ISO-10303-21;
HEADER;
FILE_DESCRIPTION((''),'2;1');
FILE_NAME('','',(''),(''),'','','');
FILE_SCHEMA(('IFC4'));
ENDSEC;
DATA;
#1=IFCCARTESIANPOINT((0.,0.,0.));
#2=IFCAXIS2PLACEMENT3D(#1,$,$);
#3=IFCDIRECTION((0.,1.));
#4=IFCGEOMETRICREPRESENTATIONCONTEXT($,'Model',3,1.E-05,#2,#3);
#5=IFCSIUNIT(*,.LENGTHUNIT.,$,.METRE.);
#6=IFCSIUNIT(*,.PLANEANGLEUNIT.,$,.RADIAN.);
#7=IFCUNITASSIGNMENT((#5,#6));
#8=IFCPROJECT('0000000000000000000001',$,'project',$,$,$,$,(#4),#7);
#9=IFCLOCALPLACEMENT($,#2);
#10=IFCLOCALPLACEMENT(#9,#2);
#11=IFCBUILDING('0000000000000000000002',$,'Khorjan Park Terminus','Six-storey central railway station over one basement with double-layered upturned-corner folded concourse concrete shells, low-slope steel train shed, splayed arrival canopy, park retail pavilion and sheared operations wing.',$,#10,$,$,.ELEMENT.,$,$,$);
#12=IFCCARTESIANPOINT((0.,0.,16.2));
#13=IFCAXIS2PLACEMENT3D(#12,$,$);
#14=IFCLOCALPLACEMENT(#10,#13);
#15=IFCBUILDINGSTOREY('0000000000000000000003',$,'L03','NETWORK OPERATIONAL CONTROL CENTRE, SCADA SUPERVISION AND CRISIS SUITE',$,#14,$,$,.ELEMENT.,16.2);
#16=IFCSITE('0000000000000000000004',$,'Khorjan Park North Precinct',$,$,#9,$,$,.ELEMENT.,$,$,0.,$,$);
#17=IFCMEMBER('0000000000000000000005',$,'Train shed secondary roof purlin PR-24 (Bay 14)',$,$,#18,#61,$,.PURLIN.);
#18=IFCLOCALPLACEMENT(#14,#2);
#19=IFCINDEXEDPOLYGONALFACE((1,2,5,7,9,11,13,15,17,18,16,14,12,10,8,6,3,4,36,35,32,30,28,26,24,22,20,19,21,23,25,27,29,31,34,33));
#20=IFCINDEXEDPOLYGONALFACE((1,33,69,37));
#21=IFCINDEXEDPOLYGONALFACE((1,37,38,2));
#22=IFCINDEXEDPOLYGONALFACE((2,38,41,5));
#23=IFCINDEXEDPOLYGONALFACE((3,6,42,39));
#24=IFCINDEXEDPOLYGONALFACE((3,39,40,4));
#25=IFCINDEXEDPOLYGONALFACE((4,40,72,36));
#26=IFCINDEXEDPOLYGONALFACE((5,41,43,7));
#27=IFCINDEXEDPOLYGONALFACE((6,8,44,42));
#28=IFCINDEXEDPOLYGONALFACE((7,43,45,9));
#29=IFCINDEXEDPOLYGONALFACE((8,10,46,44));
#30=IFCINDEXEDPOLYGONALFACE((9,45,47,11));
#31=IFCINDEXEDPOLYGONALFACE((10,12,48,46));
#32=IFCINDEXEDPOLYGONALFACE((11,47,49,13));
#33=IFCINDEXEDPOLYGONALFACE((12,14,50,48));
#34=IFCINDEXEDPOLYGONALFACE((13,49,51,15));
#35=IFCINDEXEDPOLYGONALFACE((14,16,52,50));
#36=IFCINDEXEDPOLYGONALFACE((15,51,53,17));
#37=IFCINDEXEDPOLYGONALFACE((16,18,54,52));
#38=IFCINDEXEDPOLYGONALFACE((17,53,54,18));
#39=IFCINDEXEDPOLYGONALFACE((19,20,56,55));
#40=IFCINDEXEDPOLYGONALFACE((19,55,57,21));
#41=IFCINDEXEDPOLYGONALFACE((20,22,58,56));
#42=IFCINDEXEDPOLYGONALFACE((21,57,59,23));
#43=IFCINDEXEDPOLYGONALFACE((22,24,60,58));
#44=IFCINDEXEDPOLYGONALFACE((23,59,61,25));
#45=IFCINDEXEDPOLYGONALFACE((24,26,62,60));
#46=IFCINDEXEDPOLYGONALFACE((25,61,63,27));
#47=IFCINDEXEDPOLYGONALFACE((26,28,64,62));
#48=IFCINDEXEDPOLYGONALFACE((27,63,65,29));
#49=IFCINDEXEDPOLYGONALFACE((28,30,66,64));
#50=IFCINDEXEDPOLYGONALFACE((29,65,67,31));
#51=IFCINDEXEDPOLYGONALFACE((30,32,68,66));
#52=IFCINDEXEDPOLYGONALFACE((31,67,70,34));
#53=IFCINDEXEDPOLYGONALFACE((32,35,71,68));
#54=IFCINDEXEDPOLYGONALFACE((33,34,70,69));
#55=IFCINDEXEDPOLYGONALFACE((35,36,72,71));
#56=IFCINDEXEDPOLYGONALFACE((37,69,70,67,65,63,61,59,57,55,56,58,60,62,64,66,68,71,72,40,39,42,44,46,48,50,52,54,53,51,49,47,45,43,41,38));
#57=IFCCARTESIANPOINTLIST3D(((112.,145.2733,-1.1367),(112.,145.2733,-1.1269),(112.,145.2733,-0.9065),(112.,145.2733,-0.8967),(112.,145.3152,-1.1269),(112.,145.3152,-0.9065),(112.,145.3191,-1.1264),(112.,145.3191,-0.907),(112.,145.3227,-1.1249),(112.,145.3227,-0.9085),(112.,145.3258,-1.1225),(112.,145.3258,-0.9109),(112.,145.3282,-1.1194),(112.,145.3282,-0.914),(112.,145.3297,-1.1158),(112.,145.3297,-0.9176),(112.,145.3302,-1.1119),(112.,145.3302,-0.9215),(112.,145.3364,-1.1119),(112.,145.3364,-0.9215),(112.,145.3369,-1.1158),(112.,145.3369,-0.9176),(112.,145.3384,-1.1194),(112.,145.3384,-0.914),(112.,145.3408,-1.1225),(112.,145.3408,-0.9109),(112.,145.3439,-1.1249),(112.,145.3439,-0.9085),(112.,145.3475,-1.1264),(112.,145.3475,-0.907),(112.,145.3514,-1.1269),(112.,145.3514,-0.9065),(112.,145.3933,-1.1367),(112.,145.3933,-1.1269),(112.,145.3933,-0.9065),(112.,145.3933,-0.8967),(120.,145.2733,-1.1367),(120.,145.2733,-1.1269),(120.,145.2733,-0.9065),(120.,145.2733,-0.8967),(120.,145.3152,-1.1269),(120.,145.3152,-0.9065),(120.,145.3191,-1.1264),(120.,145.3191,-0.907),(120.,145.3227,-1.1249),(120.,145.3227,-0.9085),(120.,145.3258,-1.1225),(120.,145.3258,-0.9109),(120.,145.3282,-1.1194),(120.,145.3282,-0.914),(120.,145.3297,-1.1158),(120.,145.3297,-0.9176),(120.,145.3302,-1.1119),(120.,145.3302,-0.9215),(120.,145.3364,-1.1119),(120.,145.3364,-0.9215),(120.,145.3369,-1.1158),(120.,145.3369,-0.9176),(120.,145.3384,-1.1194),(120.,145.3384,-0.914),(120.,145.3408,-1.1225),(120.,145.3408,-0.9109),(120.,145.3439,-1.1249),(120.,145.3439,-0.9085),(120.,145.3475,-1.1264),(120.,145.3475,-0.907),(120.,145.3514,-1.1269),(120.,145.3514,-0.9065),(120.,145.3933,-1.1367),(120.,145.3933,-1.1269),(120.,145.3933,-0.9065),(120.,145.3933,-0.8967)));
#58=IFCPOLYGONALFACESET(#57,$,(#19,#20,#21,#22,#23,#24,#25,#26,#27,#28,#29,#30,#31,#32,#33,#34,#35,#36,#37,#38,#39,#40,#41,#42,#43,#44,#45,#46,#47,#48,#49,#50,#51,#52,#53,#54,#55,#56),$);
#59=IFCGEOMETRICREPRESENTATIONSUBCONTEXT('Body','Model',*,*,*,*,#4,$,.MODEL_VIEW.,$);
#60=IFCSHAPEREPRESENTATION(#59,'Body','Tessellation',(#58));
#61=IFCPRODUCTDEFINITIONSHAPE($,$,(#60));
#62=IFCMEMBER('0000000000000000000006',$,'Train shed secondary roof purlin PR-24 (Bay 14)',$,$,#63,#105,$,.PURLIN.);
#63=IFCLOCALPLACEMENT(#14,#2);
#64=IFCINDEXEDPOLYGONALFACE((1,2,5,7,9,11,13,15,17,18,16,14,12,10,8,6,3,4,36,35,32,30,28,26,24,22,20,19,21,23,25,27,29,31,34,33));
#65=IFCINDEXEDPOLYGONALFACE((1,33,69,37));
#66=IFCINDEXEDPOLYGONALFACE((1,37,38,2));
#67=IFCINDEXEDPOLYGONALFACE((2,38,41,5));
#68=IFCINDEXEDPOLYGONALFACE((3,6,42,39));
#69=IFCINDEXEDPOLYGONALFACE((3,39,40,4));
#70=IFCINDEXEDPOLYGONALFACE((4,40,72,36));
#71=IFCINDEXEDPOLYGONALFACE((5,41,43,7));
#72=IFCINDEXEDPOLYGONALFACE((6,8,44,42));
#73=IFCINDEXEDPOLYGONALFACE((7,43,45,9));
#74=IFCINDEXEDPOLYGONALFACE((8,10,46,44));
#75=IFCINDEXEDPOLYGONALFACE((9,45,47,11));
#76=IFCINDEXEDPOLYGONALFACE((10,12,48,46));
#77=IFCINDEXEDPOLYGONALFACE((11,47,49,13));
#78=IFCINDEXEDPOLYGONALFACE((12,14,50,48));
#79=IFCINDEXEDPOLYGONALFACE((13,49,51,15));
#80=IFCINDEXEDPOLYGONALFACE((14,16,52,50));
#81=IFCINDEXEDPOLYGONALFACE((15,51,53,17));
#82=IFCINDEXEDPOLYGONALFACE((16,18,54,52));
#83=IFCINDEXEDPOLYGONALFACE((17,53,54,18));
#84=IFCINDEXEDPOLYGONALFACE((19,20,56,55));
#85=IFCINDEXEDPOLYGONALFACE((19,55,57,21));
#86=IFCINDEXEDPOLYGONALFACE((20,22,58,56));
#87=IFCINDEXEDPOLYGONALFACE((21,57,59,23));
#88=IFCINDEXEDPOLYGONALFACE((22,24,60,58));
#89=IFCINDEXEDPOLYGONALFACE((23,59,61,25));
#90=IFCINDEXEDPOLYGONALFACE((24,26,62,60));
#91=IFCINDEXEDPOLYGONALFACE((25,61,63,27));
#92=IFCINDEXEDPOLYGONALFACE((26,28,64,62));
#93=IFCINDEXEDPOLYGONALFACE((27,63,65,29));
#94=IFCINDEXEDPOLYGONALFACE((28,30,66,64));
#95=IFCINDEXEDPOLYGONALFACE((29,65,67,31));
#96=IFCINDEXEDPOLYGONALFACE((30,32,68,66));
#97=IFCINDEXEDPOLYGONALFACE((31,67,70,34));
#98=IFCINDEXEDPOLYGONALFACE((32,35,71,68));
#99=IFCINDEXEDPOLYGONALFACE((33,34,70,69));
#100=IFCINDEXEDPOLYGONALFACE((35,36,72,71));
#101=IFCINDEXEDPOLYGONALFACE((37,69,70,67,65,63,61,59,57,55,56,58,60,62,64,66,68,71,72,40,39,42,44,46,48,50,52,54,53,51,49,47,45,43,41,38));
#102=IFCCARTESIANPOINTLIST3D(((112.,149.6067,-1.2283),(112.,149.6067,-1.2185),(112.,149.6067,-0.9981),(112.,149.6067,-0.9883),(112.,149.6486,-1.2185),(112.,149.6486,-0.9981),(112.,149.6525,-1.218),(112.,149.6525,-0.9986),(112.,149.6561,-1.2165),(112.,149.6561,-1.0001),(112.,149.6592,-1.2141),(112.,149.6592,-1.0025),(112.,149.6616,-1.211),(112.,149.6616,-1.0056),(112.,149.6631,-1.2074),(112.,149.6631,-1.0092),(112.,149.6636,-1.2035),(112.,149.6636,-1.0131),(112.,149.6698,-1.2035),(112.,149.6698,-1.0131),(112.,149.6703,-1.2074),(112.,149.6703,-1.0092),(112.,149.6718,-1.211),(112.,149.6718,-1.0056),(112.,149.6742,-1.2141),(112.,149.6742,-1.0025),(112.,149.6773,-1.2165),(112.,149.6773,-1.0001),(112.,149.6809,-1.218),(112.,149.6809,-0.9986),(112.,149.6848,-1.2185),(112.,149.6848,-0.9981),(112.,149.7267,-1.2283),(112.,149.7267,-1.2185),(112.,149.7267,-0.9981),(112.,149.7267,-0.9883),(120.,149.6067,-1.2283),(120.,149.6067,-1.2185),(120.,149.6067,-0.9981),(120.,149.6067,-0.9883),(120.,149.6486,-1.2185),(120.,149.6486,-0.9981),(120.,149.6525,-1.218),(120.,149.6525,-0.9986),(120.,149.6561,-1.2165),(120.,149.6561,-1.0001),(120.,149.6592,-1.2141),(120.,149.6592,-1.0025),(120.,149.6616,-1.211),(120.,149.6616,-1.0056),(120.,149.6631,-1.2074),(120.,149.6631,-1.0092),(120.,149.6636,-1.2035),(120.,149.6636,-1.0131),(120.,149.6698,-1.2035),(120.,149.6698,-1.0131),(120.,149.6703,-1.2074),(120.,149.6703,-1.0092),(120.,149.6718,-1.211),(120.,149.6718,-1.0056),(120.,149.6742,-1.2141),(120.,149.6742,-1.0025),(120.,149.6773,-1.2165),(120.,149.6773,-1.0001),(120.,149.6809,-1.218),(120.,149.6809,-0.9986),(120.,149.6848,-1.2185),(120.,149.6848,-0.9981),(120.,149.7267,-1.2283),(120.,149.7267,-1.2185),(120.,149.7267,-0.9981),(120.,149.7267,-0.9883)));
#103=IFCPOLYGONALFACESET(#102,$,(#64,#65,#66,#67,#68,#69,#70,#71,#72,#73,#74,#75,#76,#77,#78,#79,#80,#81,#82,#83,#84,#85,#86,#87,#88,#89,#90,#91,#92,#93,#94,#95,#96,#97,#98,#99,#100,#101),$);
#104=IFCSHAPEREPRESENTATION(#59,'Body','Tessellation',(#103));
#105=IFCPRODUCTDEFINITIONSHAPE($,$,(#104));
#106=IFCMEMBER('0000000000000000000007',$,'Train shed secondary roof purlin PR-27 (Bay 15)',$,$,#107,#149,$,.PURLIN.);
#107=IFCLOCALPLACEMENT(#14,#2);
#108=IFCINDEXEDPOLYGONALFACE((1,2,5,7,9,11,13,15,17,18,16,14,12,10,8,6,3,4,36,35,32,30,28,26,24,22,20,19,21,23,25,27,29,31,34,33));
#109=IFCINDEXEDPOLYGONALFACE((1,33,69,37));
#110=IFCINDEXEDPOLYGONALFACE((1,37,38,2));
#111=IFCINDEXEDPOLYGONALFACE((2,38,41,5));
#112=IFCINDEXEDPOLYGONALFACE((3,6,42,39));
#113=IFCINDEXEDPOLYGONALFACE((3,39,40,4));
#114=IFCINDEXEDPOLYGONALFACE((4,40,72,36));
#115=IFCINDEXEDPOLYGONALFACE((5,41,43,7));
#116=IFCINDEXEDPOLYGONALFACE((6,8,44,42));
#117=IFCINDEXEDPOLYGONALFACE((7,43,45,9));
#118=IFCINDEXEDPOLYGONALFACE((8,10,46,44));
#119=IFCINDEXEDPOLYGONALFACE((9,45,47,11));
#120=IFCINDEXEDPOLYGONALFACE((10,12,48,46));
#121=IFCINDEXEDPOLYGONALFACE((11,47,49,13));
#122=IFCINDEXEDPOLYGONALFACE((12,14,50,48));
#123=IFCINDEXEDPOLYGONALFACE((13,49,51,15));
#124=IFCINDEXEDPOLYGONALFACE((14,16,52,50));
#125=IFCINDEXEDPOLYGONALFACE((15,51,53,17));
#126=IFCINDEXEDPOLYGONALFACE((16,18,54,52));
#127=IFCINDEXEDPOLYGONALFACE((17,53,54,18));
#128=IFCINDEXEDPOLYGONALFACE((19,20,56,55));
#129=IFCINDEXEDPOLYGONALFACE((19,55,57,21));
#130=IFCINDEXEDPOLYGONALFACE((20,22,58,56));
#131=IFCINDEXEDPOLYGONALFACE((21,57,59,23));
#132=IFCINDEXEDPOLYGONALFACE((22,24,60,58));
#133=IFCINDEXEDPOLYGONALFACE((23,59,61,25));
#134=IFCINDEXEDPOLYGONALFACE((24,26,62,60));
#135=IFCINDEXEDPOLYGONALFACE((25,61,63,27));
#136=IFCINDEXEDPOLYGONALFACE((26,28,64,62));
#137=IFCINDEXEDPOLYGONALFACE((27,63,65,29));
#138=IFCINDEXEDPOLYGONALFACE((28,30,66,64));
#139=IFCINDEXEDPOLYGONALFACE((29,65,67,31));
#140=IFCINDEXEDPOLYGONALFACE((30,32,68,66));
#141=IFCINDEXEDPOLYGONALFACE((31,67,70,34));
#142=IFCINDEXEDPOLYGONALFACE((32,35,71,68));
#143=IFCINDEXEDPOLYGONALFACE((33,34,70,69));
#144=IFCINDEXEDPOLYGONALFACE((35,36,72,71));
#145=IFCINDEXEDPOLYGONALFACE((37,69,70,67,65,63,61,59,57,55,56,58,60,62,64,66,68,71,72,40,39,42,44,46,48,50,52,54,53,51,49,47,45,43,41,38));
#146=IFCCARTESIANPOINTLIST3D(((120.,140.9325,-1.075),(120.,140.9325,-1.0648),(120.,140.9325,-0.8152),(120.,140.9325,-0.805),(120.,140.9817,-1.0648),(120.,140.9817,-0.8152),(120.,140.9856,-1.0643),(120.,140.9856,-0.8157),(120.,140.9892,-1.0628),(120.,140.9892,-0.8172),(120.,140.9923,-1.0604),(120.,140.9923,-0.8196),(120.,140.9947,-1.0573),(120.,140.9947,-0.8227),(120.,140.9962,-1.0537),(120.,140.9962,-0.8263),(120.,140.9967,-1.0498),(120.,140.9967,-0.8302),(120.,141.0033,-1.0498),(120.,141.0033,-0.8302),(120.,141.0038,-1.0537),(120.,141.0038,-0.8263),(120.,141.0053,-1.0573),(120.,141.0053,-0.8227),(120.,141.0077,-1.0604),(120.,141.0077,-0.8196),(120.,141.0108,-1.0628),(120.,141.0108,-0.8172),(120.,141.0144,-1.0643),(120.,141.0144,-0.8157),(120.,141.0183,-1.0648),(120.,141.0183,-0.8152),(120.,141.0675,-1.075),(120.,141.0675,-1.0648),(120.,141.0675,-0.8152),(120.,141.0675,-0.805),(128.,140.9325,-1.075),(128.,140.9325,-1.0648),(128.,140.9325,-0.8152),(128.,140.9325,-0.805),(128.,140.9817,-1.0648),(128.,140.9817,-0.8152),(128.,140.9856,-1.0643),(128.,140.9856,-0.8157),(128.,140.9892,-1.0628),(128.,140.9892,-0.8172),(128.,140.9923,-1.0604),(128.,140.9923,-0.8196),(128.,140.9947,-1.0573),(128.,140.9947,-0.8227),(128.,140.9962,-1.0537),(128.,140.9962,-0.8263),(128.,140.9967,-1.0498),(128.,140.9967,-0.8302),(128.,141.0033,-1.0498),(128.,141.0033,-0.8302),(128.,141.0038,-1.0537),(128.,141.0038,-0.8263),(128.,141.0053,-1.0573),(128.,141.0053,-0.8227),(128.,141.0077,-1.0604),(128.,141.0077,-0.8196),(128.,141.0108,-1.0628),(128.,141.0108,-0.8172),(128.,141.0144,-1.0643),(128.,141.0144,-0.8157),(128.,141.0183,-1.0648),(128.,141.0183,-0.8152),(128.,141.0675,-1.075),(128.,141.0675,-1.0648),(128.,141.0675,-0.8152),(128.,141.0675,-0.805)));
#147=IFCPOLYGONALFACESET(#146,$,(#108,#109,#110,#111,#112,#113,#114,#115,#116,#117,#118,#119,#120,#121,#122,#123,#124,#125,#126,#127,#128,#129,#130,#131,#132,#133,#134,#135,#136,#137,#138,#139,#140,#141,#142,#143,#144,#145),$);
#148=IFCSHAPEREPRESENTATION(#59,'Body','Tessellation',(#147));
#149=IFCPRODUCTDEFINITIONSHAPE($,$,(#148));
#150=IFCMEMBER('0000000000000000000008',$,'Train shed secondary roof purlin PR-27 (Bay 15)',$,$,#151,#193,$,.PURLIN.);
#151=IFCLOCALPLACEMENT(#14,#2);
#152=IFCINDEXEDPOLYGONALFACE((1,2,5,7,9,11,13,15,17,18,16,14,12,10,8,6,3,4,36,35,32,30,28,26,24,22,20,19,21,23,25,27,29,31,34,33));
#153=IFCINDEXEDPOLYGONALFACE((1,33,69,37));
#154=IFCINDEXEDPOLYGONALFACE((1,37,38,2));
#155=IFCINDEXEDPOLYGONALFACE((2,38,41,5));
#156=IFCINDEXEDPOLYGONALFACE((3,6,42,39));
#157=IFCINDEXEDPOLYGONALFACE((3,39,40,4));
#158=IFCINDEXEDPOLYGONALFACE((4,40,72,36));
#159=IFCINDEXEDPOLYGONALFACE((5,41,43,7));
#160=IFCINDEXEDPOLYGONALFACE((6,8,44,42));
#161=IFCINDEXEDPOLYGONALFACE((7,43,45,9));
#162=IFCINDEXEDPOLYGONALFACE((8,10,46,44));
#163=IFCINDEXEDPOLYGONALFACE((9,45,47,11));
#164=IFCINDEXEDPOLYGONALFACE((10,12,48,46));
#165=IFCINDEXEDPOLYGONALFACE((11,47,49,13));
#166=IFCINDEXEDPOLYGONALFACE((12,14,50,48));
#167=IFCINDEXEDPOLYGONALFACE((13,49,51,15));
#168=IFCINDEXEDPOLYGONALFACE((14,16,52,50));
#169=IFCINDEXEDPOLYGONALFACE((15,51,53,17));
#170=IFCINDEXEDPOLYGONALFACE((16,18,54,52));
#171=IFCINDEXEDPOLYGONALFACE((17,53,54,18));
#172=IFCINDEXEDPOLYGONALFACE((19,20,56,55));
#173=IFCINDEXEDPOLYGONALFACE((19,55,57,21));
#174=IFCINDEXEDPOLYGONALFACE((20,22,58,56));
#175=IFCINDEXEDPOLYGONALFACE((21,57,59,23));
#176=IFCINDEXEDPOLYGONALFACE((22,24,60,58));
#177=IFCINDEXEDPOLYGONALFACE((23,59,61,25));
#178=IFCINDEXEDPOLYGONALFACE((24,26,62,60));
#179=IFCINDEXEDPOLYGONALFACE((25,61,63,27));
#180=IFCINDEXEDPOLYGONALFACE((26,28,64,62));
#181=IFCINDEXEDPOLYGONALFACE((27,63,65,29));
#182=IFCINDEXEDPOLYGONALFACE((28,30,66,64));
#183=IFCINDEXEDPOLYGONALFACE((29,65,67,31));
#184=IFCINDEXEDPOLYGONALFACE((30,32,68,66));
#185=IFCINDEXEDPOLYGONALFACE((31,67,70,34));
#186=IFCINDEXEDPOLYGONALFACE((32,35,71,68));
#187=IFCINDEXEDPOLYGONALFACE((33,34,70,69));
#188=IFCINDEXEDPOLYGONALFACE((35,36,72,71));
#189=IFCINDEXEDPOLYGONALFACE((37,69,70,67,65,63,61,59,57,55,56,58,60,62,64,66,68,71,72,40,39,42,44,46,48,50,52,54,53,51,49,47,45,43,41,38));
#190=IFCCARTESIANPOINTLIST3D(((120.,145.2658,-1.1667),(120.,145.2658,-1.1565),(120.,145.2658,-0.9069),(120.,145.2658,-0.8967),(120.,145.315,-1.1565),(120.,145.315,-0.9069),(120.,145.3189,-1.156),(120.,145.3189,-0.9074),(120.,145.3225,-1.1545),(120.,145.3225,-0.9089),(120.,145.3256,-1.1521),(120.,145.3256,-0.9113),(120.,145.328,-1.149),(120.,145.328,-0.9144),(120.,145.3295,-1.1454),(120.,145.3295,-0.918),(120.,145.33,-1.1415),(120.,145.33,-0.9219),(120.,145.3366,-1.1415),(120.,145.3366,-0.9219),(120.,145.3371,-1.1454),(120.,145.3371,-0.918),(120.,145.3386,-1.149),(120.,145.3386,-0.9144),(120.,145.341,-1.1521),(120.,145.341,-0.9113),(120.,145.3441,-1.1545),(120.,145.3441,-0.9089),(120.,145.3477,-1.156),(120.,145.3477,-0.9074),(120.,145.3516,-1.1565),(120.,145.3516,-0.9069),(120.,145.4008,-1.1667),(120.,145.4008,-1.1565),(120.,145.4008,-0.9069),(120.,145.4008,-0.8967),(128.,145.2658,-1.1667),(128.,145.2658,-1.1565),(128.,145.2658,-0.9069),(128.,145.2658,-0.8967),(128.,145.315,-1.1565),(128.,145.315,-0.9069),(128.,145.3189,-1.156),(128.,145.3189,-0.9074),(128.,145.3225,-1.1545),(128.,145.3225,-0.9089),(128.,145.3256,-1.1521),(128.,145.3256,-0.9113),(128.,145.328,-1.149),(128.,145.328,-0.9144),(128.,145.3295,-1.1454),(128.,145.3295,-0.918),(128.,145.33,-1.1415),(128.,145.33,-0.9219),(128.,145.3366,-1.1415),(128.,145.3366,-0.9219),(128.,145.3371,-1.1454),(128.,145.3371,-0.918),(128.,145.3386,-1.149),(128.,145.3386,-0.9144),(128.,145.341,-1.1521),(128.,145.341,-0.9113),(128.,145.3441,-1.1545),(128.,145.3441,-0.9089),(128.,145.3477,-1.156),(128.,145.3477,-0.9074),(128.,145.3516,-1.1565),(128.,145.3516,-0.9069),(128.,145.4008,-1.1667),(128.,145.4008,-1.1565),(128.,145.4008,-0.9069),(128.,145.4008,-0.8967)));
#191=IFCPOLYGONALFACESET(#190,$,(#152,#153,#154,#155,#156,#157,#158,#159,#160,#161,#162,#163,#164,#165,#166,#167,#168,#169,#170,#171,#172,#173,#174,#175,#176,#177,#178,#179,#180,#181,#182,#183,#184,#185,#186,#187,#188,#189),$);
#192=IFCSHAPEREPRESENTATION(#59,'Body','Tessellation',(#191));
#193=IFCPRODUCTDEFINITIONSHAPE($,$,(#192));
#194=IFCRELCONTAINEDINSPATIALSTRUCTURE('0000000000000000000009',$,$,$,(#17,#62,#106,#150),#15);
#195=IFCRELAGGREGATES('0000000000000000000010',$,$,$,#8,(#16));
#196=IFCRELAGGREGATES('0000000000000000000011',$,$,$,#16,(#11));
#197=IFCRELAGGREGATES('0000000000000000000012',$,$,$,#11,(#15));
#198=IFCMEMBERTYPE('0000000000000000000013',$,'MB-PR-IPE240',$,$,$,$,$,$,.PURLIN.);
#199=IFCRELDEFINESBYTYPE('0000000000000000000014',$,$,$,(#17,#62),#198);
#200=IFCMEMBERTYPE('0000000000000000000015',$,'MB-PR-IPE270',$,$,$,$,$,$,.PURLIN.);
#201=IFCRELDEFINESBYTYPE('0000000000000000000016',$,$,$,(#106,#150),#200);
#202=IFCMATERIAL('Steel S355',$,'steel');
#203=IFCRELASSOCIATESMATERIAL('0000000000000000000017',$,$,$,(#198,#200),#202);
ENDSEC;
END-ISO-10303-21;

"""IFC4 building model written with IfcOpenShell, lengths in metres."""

from ifc_helpers import new_model, si_unit, direction, frame, origin, origin_2d, place, context, subcontext, project, spatial, i_section, extrude, material, material_profile, profile_set, type_object, element, save


model = new_model("IFC4")

# Units and contexts
model_context = context("Model", 3, precision=1e-05, world=origin(), true_north=direction((0.0, 1.0)))
body_context = subcontext(model_context, "Body", "Model", "MODEL_VIEW")
ifc_project = project(units=[si_unit("LENGTHUNIT", "METRE"), si_unit("PLANEANGLEUNIT", "RADIAN")], contexts=[model_context])

# Site, building, storey
site_placement = place(None, origin())
site = spatial("IfcSite", under=ifc_project, at=site_placement, Name="Khorjan Park North Precinct", CompositionType="ELEMENT", RefElevation=0.0)
building_placement = place(site_placement, origin())
building = spatial("IfcBuilding", under=site, at=building_placement, Name="Khorjan Park Terminus", Description="Six-storey central railway station over one basement with double-layered upturned-corner folded concourse concrete shells, low-slope steel train shed, splayed arrival canopy, park retail pavilion and sheared operations wing.", CompositionType="ELEMENT")
storey_placement = place(building_placement, frame((0.0, 0.0, 16.2)))
storey = spatial("IfcBuildingStorey", under=building, at=storey_placement, Name="L03", Description="NETWORK OPERATIONAL CONTROL CENTRE, SCADA SUPERVISION AND CRISIS SUITE", CompositionType="ELEMENT", Elevation=16.2)

# Members
ifc_material = material(Name="Steel S355", Category="steel")
ifc_material_profile_1 = material_profile(ifc_material, i_section(OverallWidth=0.12, OverallDepth=0.24, WebThickness=0.0062, FlangeThickness=0.0098, FilletRadius=0.015, at=origin_2d()), Name="IPE 240")
ifc_profile_set_1 = profile_set([ifc_material_profile_1], Name="Steel S355")
member_type_1 = type_object("IfcMemberType", Name="MB-PR-IPE240", PredefinedType="PURLIN", material=ifc_profile_set_1)
for number, where, z_axis, x_axis, name in (
    (1, (112.0, 145.3333, -1.0167), (1.0, 0.0, 0.0), (0.0, 1.0, 0.0), "Train shed secondary roof purlin PR-24 (Bay 14)"),
    (2, (112.0, 149.6667, -1.1083), (1.0, 0.0, 0.0), (0.0, 1.0, 0.0), "Train shed secondary roof purlin PR-24 (Bay 14)"),
):
    element("IfcMember", number, at=place(storey_placement, frame(where, z_axis=z_axis, x_axis=x_axis)), inside=storey, type_object=member_type_1, Name=name, PredefinedType="PURLIN", context=body_context, shape_type="SweptSolid", body=[
        extrude(i_section(OverallWidth=0.12, OverallDepth=0.24, WebThickness=0.0062, FlangeThickness=0.0098, FilletRadius=0.015, at=origin_2d()), origin(), (0.0, 0.0, 1.0), 8.0),
    ])
ifc_material_profile_2 = material_profile(ifc_material, i_section(OverallWidth=0.135, OverallDepth=0.27, WebThickness=0.0066, FlangeThickness=0.0102, FilletRadius=0.015, at=origin_2d()), Name="IPE 270")
ifc_profile_set_2 = profile_set([ifc_material_profile_2], Name="Steel S355")
member_type_2 = type_object("IfcMemberType", Name="MB-PR-IPE270", PredefinedType="PURLIN", material=ifc_profile_set_2)
for number, where, z_axis, x_axis, name in (
    (3, (120.0, 141.0, -0.94), (1.0, 0.0, 0.0), (0.0, 1.0, 0.0), "Train shed secondary roof purlin PR-27 (Bay 15)"),
    (4, (120.0, 145.3333, -1.0317), (1.0, 0.0, 0.0), (0.0, 1.0, 0.0), "Train shed secondary roof purlin PR-27 (Bay 15)"),
):
    element("IfcMember", number, at=place(storey_placement, frame(where, z_axis=z_axis, x_axis=x_axis)), inside=storey, type_object=member_type_2, Name=name, PredefinedType="PURLIN", context=body_context, shape_type="SweptSolid", body=[
        extrude(i_section(OverallWidth=0.135, OverallDepth=0.27, WebThickness=0.0066, FlangeThickness=0.0102, FilletRadius=0.015, at=origin_2d()), origin(), (0.0, 0.0, 1.0), 8.0),
    ])

save(model, "model.ifc")
